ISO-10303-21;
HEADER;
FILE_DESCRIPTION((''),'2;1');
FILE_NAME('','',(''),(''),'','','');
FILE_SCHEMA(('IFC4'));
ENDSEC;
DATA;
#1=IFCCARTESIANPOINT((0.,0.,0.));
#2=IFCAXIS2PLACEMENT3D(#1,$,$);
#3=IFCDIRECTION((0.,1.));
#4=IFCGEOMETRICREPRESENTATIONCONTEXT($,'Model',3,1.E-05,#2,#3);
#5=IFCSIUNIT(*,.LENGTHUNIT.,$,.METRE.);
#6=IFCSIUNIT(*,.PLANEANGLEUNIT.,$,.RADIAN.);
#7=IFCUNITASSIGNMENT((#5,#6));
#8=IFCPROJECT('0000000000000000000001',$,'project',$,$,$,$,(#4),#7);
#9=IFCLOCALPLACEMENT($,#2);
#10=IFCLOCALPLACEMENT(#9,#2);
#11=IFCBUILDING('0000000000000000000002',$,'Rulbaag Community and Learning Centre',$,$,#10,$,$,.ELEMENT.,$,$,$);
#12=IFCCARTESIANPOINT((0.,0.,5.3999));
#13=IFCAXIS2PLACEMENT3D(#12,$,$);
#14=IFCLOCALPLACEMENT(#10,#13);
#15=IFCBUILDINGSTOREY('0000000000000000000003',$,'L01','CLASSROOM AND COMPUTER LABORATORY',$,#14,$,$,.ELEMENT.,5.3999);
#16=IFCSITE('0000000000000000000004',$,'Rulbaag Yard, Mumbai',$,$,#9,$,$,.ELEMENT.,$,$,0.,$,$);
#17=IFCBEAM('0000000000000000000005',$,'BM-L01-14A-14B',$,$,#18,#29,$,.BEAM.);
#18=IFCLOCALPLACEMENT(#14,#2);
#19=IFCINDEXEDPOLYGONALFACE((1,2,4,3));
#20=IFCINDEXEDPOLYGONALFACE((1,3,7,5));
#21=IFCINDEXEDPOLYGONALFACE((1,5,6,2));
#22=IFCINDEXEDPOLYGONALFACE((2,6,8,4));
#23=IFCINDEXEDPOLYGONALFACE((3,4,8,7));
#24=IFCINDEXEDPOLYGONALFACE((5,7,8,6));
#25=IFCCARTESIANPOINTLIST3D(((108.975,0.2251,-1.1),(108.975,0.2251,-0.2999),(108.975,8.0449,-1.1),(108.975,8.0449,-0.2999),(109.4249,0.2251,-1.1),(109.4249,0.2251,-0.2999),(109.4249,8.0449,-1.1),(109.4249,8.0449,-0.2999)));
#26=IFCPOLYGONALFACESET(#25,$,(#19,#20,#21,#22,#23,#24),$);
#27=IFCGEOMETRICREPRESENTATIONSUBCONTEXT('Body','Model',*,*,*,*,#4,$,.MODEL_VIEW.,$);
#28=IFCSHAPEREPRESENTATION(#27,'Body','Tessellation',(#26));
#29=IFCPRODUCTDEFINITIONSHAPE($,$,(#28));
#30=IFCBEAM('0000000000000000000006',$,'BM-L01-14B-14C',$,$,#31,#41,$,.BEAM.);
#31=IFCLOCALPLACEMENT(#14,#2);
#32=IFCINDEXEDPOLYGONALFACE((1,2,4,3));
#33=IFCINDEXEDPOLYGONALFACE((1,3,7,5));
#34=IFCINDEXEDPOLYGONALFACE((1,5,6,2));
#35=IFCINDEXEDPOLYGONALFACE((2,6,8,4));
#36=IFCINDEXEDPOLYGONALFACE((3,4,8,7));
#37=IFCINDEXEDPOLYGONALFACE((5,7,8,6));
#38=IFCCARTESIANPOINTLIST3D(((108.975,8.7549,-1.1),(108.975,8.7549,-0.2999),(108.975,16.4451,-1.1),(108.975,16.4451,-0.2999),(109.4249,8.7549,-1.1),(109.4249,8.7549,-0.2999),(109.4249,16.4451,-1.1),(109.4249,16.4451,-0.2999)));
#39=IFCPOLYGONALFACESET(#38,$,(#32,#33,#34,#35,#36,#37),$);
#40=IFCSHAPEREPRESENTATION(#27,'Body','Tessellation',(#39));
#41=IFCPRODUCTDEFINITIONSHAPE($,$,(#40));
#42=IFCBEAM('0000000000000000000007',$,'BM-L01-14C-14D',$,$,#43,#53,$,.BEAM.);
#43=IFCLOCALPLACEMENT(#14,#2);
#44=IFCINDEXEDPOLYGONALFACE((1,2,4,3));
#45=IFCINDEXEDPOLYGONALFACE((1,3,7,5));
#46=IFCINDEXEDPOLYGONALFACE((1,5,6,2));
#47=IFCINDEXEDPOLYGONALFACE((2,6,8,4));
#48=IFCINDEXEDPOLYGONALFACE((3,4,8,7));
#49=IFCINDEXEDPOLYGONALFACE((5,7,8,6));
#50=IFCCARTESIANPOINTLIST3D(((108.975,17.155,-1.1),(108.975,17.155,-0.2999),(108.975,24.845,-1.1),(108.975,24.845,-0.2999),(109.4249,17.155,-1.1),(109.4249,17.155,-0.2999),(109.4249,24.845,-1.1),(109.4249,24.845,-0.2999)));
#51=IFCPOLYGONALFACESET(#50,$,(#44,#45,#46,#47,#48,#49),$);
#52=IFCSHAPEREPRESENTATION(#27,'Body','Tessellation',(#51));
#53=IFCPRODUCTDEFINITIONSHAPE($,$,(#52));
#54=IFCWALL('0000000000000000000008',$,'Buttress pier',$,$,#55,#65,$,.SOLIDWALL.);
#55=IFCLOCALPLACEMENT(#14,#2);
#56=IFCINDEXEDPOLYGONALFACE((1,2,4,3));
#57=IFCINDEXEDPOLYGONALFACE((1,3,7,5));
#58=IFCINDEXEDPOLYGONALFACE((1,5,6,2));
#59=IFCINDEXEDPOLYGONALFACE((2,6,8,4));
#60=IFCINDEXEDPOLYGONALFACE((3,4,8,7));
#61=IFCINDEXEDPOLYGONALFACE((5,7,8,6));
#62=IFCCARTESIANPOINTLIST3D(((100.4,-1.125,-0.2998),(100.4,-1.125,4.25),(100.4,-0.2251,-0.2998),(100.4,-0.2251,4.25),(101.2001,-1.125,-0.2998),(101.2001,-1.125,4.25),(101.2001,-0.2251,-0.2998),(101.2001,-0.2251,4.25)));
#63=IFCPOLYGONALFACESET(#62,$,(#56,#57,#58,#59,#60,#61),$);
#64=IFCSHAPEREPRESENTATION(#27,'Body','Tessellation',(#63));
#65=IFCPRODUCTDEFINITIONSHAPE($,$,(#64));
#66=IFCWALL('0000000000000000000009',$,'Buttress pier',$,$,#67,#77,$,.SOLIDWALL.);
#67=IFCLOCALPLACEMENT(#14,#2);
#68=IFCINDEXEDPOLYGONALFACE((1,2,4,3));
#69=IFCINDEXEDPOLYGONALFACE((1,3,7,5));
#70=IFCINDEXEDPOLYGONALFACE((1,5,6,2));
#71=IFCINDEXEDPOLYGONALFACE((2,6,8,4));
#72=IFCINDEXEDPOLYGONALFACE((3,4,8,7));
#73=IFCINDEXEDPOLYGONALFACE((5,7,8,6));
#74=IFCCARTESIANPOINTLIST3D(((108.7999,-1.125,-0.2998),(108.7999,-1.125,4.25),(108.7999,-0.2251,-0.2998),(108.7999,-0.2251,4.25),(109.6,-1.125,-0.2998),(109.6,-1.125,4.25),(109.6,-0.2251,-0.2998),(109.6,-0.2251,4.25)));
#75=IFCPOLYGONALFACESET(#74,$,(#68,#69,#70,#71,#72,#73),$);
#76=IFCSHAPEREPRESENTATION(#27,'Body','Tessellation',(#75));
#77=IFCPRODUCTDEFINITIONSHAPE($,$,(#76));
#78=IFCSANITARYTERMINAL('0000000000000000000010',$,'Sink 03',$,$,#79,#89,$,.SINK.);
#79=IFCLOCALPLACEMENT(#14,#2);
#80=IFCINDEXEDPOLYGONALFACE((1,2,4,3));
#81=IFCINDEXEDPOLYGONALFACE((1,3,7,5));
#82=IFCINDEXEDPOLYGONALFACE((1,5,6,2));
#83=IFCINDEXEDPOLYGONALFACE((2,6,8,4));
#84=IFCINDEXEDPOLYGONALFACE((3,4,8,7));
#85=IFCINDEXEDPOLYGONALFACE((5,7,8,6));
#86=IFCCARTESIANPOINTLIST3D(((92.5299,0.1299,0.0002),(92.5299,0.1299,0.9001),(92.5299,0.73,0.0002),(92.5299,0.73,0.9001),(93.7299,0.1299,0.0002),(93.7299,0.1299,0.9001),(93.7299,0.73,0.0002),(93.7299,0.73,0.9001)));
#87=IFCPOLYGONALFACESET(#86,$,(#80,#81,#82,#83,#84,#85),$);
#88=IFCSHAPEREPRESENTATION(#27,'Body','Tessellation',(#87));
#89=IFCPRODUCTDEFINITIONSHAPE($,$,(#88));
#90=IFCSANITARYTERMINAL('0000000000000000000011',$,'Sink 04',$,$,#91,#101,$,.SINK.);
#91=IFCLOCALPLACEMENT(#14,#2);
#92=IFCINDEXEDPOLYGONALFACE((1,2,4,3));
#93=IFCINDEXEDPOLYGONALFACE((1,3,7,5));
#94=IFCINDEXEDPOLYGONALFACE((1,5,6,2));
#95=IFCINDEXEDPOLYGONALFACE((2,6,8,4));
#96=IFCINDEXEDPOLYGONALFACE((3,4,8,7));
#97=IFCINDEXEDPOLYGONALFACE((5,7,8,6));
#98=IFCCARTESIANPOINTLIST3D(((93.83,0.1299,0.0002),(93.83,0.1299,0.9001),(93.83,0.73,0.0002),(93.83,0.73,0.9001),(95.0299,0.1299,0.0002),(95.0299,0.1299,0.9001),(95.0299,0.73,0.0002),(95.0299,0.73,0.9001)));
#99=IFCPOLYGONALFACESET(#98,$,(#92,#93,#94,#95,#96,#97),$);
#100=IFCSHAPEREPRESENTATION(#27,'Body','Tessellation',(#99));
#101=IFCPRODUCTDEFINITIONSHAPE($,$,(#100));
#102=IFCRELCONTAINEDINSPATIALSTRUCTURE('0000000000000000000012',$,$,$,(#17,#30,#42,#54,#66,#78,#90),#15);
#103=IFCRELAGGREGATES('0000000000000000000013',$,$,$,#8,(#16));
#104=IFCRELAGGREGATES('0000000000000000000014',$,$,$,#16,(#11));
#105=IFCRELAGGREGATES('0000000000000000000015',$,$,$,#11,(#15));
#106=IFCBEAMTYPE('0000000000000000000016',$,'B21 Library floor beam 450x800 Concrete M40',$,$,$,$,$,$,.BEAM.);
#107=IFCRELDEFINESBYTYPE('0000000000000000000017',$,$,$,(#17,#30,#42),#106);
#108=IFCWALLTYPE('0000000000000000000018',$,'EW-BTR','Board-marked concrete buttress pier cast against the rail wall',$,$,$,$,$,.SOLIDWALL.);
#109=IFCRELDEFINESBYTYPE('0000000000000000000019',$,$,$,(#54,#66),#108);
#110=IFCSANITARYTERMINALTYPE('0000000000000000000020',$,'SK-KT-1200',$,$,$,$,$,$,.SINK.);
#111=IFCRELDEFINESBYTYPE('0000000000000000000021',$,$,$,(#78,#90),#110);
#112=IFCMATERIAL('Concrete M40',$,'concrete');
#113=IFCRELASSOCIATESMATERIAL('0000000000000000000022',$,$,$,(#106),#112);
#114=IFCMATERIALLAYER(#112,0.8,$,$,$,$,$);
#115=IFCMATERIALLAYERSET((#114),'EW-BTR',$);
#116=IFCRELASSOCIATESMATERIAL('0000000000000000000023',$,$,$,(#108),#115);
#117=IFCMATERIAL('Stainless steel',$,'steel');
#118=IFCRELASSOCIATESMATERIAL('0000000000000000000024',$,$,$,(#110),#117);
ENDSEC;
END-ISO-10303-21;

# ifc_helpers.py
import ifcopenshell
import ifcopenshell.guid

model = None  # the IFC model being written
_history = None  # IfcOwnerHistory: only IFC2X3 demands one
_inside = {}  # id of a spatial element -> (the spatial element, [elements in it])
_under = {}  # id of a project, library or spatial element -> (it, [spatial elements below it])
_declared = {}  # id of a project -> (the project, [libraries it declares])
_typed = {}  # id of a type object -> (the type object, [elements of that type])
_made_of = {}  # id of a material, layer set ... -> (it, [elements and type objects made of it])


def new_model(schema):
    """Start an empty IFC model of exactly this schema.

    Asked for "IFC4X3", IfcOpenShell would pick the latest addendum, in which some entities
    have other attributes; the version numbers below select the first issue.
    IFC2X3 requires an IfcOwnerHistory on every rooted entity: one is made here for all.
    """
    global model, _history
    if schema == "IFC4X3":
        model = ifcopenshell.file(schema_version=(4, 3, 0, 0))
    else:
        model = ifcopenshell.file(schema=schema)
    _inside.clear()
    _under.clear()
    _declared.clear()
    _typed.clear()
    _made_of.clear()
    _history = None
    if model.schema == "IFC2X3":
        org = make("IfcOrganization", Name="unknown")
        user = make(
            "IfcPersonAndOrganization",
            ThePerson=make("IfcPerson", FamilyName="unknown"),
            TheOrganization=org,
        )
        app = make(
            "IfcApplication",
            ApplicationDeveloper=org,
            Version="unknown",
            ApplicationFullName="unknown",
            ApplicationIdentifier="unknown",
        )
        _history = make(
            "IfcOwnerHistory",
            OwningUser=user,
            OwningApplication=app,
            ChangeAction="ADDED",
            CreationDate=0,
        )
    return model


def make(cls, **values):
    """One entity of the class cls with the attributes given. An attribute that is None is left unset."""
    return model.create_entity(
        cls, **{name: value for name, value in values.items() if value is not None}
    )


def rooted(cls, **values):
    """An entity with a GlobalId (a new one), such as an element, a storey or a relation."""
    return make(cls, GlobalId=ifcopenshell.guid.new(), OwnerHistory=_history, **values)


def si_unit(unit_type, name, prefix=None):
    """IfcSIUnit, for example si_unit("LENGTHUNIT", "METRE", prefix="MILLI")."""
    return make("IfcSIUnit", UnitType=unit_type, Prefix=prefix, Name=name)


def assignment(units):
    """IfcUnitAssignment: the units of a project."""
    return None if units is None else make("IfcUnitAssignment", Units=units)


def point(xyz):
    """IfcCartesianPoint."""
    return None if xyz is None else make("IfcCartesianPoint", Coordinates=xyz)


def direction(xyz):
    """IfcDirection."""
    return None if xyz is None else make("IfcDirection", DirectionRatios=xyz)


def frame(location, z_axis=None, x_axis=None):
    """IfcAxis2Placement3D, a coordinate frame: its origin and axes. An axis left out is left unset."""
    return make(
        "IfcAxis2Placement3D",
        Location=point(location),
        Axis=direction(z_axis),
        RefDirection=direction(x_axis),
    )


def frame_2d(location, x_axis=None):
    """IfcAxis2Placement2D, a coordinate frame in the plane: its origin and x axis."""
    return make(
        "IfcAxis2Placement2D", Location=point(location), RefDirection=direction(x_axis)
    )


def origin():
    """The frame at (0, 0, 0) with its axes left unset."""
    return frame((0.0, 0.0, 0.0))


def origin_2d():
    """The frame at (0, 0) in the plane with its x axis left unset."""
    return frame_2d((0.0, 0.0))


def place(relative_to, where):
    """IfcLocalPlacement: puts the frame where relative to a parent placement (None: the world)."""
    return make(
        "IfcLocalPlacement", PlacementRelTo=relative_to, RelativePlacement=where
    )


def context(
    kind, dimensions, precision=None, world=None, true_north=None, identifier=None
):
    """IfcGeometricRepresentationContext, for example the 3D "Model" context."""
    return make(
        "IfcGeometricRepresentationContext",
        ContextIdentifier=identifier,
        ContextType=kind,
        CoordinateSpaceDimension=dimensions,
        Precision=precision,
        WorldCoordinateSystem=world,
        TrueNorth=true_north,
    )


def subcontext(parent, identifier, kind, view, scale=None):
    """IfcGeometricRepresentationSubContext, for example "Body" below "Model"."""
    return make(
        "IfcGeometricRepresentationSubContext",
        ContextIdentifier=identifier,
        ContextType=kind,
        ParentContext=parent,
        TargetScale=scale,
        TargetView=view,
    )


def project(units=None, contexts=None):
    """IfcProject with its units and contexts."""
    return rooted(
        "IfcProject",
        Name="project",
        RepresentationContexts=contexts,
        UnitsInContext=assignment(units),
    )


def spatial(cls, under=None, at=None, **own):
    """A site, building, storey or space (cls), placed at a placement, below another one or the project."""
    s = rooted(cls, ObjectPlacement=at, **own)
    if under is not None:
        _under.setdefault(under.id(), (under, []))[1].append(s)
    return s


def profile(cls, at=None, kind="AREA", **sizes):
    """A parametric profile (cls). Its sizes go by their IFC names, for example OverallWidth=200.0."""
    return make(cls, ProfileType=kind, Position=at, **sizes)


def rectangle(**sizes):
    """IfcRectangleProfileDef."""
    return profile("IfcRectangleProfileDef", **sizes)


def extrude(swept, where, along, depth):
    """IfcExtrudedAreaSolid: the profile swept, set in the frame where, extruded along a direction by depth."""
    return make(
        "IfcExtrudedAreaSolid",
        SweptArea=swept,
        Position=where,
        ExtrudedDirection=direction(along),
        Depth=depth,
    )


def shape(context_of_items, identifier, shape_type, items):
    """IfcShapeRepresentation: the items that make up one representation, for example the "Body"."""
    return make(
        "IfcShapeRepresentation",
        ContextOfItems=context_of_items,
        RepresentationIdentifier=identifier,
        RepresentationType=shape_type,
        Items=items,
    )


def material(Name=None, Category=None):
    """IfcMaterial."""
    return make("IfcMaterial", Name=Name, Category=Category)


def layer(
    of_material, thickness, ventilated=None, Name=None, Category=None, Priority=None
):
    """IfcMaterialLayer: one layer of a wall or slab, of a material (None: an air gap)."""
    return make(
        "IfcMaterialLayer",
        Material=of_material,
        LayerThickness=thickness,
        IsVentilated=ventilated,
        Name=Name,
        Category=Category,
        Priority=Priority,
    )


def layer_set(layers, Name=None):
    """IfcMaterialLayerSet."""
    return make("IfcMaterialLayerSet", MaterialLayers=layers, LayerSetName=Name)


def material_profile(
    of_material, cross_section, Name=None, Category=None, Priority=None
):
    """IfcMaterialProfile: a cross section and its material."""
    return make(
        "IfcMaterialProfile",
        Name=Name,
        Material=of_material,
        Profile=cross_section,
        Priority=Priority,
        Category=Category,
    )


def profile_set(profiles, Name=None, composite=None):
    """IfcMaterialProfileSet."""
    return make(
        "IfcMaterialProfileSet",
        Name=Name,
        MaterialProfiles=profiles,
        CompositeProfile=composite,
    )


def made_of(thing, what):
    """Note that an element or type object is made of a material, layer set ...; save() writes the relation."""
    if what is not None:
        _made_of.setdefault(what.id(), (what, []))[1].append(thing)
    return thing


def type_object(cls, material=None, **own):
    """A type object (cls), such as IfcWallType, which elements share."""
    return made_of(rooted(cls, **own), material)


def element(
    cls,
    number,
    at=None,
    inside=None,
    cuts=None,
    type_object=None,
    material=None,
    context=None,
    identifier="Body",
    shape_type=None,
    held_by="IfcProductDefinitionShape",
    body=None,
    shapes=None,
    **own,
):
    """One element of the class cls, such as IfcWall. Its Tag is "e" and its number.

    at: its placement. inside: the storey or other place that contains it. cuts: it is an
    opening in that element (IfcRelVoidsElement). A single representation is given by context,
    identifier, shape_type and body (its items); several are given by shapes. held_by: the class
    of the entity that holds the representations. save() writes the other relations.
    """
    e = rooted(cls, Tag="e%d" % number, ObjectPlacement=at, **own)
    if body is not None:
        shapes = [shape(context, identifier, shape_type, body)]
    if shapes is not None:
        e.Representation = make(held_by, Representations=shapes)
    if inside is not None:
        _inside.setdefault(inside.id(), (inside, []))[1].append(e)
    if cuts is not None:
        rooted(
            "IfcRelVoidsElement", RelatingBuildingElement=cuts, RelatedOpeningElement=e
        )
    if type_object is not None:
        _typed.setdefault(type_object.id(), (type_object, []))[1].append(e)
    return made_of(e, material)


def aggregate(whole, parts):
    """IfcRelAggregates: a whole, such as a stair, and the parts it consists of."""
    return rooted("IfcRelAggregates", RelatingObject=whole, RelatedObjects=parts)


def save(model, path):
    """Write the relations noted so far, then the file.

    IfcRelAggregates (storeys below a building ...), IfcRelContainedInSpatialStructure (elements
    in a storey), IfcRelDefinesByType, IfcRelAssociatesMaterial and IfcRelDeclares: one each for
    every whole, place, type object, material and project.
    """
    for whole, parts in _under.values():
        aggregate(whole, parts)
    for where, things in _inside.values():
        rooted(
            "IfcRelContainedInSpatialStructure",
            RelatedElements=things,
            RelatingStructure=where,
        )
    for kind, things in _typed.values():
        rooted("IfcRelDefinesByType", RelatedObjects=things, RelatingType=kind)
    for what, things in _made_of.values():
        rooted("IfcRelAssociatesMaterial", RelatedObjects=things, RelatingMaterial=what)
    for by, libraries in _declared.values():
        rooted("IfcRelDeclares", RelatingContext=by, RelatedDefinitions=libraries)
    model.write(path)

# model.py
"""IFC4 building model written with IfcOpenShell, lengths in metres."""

from ifc_helpers import new_model, si_unit, direction, frame, frame_2d, origin, origin_2d, place, context, subcontext, project, spatial, rectangle, extrude, material, layer, layer_set, material_profile, profile_set, type_object, element, save


model = new_model("IFC4")

# Units and contexts
model_context = context("Model", 3, precision=1e-05, world=origin(), true_north=direction((0.0, 1.0)))
body_context = subcontext(model_context, "Body", "Model", "MODEL_VIEW")
ifc_project = project(units=[si_unit("LENGTHUNIT", "METRE"), si_unit("PLANEANGLEUNIT", "RADIAN")], contexts=[model_context])

# Site, building, storey
site_placement = place(None, origin())
site = spatial("IfcSite", under=ifc_project, at=site_placement, Name="Rulbaag Yard, Mumbai", CompositionType="ELEMENT", RefElevation=0.0)
building_placement = place(site_placement, origin())
building = spatial("IfcBuilding", under=site, at=building_placement, Name="Rulbaag Community and Learning Centre", CompositionType="ELEMENT")
storey_placement = place(building_placement, frame((0.0, 0.0, 5.3999)))
storey = spatial("IfcBuildingStorey", under=building, at=storey_placement, Name="L01", Description="CLASSROOM AND COMPUTER LABORATORY", CompositionType="ELEMENT", Elevation=5.3999)

# Shared definitions
ifc_material_1 = material(Name="Concrete M40", Category="concrete")

# Beams
ifc_material_profile_1 = material_profile(ifc_material_1, rectangle(XDim=0.45, YDim=0.8, at=origin_2d()), Name="RB450x800")
ifc_profile_set_1 = profile_set([ifc_material_profile_1], Name="Concrete M40")
beam_type = type_object("IfcBeamType", Name="B21 Library floor beam 450x800 Concrete M40", PredefinedType="BEAM", material=ifc_profile_set_1)
beam_1_placement = place(storey_placement, frame((109.2, 0.2251, -0.7), z_axis=(0.0, 1.0, 0.0), x_axis=(-1.0, 0.0, 0.0)))
element("IfcBeam", 1, at=beam_1_placement, inside=storey, type_object=beam_type, Name="BM-L01-14A-14B", PredefinedType="BEAM", context=body_context, shape_type="SweptSolid", body=[
    extrude(rectangle(XDim=0.45, YDim=0.8, at=origin_2d()), origin(), (0.0, 0.0, 1.0), 7.8198),
])
beam_2_placement = place(storey_placement, frame((109.2, 8.7549, -0.7), z_axis=(0.0, 1.0, 0.0), x_axis=(-1.0, 0.0, 0.0)))
element("IfcBeam", 2, at=beam_2_placement, inside=storey, type_object=beam_type, Name="BM-L01-14B-14C", PredefinedType="BEAM", context=body_context, shape_type="SweptSolid", body=[
    extrude(rectangle(XDim=0.45, YDim=0.8, at=origin_2d()), origin(), (0.0, 0.0, 1.0), 7.6902),
])
beam_3_placement = place(storey_placement, frame((109.2, 17.155, -0.7), z_axis=(0.0, 1.0, 0.0), x_axis=(-1.0, 0.0, 0.0)))
element("IfcBeam", 3, at=beam_3_placement, inside=storey, type_object=beam_type, Name="BM-L01-14C-14D", PredefinedType="BEAM", context=body_context, shape_type="SweptSolid", body=[
    extrude(rectangle(XDim=0.45, YDim=0.8, at=origin_2d()), origin(), (0.0, 0.0, 1.0), 7.6899),
])

# Walls
ifc_layer = layer(ifc_material_1, 0.8)
ifc_layer_set = layer_set([ifc_layer], Name="EW-BTR")
wall_type = type_object("IfcWallType", Name="EW-BTR", Description="Board-marked concrete buttress pier cast against the rail wall", PredefinedType="SOLIDWALL", material=ifc_layer_set)
for number, where, z_axis, x_axis, name in (
    (4, (100.8, -0.2251, -0.2998), (0.0, 0.0, 1.0), (0.0, -1.0, 0.0), "Buttress pier"),
    (5, (109.2, -0.2251, -0.2998), (0.0, 0.0, 1.0), (0.0, -1.0, 0.0), "Buttress pier"),
):
    element("IfcWall", number, at=place(storey_placement, frame(where, z_axis=z_axis, x_axis=x_axis)), inside=storey, type_object=wall_type, Name=name, PredefinedType="SOLIDWALL", context=body_context, shape_type="SweptSolid", body=[
        extrude(rectangle(XDim=0.8999, YDim=0.8, at=frame_2d((0.45, 0.0))), origin(), (0.0, 0.0, 1.0), 4.5498),
    ])

# Sanitary terminals
ifc_material_2 = material(Name="Stainless steel", Category="steel")
sanitary_terminal_type = type_object("IfcSanitaryTerminalType", Name="SK-KT-1200", PredefinedType="SINK", material=ifc_material_2)
for number, where, z_axis, x_axis, name in (
    (6, (93.1299, 0.4299, 0.0002), (0.0, 0.0, 1.0), (1.0, 0.0, 0.0), "Sink 03"),
    (7, (94.4299, 0.4299, 0.0002), (0.0, 0.0, 1.0), (1.0, 0.0, 0.0), "Sink 04"),
):
    element("IfcSanitaryTerminal", number, at=place(storey_placement, frame(where, z_axis=z_axis, x_axis=x_axis)), inside=storey, type_object=sanitary_terminal_type, Name=name, PredefinedType="SINK", context=body_context, shape_type="SweptSolid", body=[
        extrude(rectangle(XDim=1.2, YDim=0.6001, at=origin_2d()), origin(), (0.0, 0.0, 1.0), 0.8999),
    ])

save(model, "model.ifc")
